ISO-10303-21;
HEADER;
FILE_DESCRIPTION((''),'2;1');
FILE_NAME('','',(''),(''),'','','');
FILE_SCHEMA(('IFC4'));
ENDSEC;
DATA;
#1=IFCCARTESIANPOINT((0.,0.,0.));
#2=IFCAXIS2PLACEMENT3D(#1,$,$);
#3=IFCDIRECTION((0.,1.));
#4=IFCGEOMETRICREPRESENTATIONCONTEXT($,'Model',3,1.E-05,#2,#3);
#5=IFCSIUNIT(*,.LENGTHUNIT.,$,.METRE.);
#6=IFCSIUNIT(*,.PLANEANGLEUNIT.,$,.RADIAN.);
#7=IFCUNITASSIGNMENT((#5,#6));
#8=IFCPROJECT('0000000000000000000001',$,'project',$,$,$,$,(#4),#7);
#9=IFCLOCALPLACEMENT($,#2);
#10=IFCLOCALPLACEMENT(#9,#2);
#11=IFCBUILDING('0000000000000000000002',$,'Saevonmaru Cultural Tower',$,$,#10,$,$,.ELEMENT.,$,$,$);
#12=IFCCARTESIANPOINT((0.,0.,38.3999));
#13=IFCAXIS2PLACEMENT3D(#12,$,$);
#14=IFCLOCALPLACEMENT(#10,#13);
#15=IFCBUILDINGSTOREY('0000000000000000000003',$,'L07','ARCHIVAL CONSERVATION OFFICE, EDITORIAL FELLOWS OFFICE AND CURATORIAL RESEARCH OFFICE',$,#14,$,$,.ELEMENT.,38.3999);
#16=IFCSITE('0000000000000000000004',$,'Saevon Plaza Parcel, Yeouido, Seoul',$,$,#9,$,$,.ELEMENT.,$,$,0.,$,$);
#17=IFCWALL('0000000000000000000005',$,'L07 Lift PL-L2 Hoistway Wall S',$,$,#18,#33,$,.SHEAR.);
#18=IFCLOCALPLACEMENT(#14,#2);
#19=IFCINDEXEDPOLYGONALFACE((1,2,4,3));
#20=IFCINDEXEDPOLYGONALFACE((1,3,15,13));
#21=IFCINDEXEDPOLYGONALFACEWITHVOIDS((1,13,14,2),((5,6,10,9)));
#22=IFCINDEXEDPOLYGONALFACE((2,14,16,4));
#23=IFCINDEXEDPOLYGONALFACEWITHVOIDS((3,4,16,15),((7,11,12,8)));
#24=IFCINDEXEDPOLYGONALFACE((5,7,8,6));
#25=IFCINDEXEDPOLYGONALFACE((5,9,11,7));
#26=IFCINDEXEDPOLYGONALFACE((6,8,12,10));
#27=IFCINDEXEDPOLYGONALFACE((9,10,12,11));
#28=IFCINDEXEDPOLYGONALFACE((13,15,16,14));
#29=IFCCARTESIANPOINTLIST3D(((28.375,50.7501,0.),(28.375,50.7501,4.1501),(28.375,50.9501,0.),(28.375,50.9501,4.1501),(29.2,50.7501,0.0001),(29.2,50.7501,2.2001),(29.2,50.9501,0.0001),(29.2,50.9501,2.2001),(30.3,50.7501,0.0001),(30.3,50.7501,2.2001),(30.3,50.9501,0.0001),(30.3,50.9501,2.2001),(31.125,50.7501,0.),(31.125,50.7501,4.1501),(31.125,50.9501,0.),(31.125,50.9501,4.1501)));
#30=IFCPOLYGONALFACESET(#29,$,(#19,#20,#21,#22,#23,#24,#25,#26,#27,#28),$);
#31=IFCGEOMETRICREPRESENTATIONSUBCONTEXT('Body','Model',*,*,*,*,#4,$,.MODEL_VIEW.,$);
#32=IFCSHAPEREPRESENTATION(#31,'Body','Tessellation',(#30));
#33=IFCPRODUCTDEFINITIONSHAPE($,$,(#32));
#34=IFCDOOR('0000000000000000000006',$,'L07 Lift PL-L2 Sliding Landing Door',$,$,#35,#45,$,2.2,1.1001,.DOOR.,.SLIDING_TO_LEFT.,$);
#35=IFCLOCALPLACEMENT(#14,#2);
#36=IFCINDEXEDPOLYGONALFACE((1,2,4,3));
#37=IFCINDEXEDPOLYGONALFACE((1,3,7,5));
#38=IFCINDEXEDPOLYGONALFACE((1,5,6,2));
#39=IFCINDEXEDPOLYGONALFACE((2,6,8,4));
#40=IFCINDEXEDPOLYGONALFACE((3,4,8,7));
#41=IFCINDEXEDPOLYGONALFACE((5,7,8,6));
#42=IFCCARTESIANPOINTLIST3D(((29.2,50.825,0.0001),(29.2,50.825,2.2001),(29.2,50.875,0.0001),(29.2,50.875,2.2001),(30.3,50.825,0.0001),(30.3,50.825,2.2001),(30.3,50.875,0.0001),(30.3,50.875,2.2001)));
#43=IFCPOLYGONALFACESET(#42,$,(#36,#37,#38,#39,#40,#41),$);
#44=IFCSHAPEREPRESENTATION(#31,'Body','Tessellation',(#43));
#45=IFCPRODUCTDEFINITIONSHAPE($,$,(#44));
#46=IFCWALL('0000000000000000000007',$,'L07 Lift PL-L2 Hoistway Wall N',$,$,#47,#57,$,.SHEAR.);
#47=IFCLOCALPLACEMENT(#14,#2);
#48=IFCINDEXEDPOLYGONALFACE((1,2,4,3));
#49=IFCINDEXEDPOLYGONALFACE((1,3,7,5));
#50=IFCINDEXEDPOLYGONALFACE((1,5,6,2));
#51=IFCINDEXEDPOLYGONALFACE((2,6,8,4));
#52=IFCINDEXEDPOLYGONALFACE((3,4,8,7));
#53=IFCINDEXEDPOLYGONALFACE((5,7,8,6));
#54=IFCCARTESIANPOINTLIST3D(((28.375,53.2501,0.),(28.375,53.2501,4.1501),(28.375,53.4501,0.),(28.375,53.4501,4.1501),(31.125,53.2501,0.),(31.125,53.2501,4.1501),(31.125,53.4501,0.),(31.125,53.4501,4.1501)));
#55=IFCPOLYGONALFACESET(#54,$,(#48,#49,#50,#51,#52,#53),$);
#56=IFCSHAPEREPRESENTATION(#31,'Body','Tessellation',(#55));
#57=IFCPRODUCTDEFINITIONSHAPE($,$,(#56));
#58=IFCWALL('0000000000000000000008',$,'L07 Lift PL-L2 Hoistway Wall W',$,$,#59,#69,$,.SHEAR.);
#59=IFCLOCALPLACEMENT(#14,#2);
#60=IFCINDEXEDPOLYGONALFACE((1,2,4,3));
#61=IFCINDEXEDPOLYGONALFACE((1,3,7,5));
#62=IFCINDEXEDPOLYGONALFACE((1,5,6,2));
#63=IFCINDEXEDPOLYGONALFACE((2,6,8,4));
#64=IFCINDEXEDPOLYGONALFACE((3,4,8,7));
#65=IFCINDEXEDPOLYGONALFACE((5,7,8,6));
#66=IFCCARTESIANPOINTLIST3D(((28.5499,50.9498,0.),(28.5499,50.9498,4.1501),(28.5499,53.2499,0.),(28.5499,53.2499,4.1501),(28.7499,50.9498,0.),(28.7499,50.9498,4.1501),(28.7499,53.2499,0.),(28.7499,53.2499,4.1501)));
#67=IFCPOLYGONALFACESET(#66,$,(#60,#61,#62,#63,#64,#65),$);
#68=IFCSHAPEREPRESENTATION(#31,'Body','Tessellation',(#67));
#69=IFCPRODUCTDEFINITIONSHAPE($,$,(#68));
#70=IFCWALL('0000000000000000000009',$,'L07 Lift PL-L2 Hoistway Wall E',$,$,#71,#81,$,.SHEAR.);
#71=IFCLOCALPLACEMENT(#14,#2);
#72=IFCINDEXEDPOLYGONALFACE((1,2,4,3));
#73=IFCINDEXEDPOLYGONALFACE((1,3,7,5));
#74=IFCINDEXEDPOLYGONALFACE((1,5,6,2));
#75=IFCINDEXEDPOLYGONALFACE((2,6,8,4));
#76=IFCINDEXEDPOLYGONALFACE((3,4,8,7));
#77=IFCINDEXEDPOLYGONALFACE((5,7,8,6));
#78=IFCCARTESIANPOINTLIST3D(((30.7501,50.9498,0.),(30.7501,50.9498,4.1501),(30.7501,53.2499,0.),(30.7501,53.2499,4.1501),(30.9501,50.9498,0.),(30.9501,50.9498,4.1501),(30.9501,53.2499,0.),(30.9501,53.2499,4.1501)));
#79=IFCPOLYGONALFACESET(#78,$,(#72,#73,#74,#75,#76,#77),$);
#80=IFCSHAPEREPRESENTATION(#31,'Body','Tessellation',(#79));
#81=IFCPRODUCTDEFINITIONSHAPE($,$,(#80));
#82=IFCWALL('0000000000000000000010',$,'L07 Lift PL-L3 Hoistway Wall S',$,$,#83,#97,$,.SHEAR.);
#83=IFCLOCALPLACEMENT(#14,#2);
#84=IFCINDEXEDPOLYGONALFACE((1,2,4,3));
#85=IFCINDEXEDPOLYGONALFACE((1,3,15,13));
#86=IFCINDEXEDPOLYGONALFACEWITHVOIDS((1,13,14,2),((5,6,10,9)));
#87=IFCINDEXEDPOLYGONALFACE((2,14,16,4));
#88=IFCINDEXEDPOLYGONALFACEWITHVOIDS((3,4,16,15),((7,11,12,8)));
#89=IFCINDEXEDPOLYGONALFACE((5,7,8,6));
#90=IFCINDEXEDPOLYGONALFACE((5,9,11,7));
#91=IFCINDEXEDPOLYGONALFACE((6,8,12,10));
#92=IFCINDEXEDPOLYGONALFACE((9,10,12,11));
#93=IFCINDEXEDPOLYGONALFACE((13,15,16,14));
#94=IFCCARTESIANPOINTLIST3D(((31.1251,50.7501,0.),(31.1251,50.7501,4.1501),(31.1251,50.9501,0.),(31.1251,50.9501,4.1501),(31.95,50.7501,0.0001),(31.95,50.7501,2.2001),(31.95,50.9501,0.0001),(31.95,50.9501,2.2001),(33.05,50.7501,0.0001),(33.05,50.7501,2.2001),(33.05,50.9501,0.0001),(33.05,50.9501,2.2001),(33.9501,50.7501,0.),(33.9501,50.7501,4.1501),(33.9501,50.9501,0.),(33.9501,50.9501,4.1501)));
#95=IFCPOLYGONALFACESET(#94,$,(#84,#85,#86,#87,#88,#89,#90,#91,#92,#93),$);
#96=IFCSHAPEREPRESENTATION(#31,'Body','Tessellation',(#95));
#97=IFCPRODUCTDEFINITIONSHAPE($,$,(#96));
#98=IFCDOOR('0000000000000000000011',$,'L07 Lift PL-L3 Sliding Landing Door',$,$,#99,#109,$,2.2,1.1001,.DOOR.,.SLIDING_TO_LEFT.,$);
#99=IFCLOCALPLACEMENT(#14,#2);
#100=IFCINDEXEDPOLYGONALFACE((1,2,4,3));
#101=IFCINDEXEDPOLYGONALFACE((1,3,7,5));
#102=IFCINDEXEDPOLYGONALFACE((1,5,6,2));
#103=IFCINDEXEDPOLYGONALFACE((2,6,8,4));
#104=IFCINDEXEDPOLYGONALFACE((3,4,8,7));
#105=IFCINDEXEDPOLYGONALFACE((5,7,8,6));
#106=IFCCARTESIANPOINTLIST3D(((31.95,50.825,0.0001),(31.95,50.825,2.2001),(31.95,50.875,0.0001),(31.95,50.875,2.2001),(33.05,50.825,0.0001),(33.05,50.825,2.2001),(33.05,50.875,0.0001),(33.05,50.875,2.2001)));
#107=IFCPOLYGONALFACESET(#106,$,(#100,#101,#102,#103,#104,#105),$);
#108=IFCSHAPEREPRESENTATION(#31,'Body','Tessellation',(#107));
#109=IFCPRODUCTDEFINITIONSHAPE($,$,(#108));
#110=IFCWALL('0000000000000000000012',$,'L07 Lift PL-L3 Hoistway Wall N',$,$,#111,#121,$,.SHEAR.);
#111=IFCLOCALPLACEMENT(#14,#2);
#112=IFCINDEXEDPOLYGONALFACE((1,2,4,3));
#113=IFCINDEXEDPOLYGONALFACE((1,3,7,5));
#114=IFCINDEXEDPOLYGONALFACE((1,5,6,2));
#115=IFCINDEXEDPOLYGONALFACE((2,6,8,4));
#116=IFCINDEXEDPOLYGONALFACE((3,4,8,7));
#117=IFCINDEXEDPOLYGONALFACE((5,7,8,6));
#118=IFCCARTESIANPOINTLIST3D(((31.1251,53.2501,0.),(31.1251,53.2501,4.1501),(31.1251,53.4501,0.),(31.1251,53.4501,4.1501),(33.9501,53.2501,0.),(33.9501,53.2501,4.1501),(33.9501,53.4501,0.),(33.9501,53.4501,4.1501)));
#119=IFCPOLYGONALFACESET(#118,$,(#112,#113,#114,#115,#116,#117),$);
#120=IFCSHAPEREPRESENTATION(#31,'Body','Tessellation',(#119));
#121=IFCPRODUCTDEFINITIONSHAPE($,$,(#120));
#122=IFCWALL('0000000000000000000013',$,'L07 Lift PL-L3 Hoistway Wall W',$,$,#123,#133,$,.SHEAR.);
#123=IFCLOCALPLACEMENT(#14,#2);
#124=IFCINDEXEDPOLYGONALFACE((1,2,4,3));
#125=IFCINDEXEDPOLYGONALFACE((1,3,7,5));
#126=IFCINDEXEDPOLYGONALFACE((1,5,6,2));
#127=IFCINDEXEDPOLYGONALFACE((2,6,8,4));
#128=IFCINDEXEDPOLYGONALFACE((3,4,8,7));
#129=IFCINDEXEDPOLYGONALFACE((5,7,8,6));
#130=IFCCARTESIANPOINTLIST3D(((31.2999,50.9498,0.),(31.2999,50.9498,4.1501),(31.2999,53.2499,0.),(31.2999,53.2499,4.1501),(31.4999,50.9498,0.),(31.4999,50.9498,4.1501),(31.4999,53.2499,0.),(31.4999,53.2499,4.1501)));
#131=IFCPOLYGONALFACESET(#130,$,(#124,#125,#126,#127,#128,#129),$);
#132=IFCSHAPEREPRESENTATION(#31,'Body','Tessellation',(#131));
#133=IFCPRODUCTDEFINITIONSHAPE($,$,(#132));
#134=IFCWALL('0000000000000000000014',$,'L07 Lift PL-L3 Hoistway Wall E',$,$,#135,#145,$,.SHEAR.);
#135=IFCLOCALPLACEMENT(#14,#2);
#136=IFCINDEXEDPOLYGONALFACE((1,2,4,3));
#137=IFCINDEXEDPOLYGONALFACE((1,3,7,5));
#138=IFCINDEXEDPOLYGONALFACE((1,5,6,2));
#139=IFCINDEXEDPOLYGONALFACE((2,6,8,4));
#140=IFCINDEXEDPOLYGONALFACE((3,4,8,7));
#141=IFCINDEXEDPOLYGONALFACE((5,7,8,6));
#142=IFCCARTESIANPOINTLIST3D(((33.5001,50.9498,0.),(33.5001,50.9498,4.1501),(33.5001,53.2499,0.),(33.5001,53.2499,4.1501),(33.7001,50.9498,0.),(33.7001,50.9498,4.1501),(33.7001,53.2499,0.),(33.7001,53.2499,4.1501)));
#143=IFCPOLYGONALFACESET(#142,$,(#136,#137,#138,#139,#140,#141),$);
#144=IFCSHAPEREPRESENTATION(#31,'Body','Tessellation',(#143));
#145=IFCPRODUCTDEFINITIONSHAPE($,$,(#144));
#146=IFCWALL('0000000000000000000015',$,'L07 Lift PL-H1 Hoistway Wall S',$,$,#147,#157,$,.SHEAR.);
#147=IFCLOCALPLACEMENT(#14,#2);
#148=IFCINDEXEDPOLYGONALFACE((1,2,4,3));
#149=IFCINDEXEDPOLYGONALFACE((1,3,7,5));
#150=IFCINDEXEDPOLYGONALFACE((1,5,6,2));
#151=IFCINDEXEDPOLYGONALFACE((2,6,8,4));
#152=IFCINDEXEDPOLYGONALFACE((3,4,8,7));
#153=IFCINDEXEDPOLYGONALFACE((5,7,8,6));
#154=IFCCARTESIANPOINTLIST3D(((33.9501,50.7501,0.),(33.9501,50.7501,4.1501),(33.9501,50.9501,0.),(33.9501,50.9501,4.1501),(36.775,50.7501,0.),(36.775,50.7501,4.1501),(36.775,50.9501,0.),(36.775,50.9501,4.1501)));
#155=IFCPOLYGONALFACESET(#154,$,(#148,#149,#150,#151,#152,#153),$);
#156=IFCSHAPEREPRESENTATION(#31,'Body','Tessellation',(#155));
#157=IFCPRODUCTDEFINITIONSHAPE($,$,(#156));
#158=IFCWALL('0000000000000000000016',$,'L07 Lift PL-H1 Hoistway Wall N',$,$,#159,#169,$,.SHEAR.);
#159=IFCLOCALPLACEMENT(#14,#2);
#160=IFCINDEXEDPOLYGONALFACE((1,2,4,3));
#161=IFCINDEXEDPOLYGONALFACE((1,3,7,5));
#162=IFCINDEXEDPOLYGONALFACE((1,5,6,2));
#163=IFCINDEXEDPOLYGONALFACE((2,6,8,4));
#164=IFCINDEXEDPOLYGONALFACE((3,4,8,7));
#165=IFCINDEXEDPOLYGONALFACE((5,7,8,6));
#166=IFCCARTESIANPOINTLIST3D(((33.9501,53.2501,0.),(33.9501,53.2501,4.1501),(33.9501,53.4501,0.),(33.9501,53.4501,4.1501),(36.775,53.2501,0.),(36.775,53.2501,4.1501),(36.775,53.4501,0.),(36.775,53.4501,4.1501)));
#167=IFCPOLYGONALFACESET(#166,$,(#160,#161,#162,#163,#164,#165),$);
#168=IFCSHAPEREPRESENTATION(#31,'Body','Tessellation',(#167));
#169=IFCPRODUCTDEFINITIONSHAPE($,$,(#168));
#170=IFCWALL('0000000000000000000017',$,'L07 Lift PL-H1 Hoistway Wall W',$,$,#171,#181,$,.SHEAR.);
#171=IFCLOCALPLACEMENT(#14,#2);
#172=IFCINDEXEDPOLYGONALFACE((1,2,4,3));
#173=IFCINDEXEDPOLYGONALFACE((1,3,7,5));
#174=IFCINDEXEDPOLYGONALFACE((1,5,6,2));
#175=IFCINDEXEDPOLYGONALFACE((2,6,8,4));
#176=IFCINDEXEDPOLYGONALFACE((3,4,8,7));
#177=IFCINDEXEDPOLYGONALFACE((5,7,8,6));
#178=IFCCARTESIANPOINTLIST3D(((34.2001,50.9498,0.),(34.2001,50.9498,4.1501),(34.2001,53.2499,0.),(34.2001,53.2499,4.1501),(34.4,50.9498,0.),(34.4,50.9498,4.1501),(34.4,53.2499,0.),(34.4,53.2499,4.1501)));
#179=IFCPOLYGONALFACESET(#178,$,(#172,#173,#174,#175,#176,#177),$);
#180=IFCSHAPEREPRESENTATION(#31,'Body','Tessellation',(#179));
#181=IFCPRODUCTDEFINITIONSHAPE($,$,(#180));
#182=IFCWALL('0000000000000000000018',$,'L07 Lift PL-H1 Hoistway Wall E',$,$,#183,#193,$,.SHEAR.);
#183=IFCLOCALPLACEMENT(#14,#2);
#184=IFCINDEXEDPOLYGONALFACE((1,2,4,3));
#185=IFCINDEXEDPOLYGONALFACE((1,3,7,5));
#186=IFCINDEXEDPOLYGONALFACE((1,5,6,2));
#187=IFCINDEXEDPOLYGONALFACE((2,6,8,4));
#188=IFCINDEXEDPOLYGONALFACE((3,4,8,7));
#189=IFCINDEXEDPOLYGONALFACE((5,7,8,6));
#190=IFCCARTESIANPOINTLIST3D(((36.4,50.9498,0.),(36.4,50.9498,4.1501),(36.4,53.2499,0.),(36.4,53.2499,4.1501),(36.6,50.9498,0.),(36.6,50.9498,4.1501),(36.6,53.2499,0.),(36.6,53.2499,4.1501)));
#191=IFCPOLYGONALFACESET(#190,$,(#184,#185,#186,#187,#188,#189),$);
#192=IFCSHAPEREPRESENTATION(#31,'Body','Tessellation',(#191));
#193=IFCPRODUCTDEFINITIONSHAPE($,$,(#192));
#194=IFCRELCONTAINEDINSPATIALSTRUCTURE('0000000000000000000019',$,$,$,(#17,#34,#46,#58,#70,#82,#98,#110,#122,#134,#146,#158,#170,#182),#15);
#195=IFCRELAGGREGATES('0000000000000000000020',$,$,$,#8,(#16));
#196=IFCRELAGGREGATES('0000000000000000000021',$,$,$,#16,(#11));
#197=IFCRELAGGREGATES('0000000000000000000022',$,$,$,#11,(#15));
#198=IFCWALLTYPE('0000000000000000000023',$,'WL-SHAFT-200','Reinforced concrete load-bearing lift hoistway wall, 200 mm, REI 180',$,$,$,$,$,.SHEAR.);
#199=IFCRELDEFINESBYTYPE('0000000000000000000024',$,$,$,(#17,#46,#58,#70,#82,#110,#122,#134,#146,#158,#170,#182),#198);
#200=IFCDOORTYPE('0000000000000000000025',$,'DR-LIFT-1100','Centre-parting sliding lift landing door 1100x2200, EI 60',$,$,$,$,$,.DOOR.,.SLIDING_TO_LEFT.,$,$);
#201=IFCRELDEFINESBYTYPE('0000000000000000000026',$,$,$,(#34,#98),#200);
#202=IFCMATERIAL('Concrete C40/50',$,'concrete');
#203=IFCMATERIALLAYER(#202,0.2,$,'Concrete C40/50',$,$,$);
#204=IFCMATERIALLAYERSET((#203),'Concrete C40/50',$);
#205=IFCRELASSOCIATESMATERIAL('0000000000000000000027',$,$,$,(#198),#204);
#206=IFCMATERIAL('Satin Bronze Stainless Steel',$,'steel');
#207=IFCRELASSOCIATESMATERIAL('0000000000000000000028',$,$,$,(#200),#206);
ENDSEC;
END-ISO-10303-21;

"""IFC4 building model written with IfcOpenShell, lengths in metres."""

from ifc_helpers import new_model, si_unit, direction, frame, frame_2d, origin, place, context, subcontext, project, spatial, rectangle, extrude, material, layer, layer_set, type_object, element, fill, save


model = new_model("IFC4")

# Units and contexts
model_context = context("Model", 3, precision=1e-05, world=origin(), true_north=direction((0.0, 1.0)))
body_context = subcontext(model_context, "Body", "Model", "MODEL_VIEW")
ifc_project = project(units=[si_unit("LENGTHUNIT", "METRE"), si_unit("PLANEANGLEUNIT", "RADIAN")], contexts=[model_context])

# Site, building, storey
site_placement = place(None, origin())
site = spatial("IfcSite", under=ifc_project, at=site_placement, Name="Saevon Plaza Parcel, Yeouido, Seoul", CompositionType="ELEMENT", RefElevation=0.0)
building_placement = place(site_placement, origin())
building = spatial("IfcBuilding", under=site, at=building_placement, Name="Saevonmaru Cultural Tower", CompositionType="ELEMENT")
storey_placement = place(building_placement, frame((0.0, 0.0, 38.3999)))
storey = spatial("IfcBuildingStorey", under=building, at=storey_placement, Name="L07", Description="ARCHIVAL CONSERVATION OFFICE, EDITORIAL FELLOWS OFFICE AND CURATORIAL RESEARCH OFFICE", CompositionType="ELEMENT", Elevation=38.3999)

# Shared definitions
ifc_material_1 = material(Name="Concrete C40/50", Category="concrete")
ifc_layer_1 = layer(ifc_material_1, 0.2, Name="Concrete C40/50")
ifc_layer_set_1 = layer_set([ifc_layer_1], Name="Concrete C40/50")
wall_type_1 = type_object("IfcWallType", Name="WL-SHAFT-200", Description="Reinforced concrete load-bearing lift hoistway wall, 200 mm, REI 180", PredefinedType="SHEAR", material=ifc_layer_set_1)

# Wall, opening, door
wall_1_placement = place(storey_placement, frame((28.375, 50.8501, 0.0), z_axis=(0.0, 0.0, 1.0), x_axis=(1.0, 0.0, 0.0)))
wall_1 = element("IfcWall", 1, at=wall_1_placement, inside=storey, type_object=wall_type_1, Name="L07 Lift PL-L2 Hoistway Wall S", PredefinedType="SHEAR", context=body_context, shape_type="SweptSolid", body=[
    extrude(rectangle(XDim=2.75, YDim=0.2, at=frame_2d((1.375, 0.0))), origin(), (0.0, 0.0, 1.0), 4.1501),
])
opening_1_placement = place(wall_1_placement, frame((0.825, 0.0, 0.0)))
opening_1 = element("IfcOpeningElement", 2, at=opening_1_placement, cuts=wall_1, PredefinedType="OPENING", context=body_context, shape_type="SweptSolid", body=[
    extrude(rectangle(XDim=1.1001, YDim=2.2, at=frame_2d((0.55, 1.1001))), frame((0.0, 0.1099, 0.0), z_axis=(0.0, -1.0, 0.0), x_axis=(1.0, 0.0, 0.0)), (0.0, 0.0, 1.0), 0.22),
])
ifc_material_2 = material(Name="Satin Bronze Stainless Steel", Category="steel")
door_type_1 = type_object("IfcDoorType", Name="DR-LIFT-1100", Description="Centre-parting sliding lift landing door 1100x2200, EI 60", OperationType="SLIDING_TO_LEFT", PredefinedType="DOOR", material=ifc_material_2)
door_1_placement = place(opening_1_placement, origin())
door_1 = element("IfcDoor", 3, at=door_1_placement, inside=storey, type_object=door_type_1, Name="L07 Lift PL-L2 Sliding Landing Door", OperationType="SLIDING_TO_LEFT", OverallHeight=2.2, OverallWidth=1.1001, PredefinedType="DOOR", context=body_context, shape_type="SweptSolid", body=[
    extrude(rectangle(XDim=1.1001, YDim=2.2, at=frame_2d((0.55, 1.1001))), frame((0.0, 0.0249, 0.0), z_axis=(0.0, -1.0, 0.0), x_axis=(1.0, 0.0, 0.0)), (0.0, 0.0, 1.0), 0.05),
])
fill(opening_1, door_1)

# Walls
wall_2_placement = place(storey_placement, frame((28.375, 53.3501, 0.0), z_axis=(0.0, 0.0, 1.0), x_axis=(1.0, 0.0, 0.0)))
element("IfcWall", 4, at=wall_2_placement, inside=storey, type_object=wall_type_1, Name="L07 Lift PL-L2 Hoistway Wall N", PredefinedType="SHEAR", context=body_context, shape_type="SweptSolid", body=[
    extrude(rectangle(XDim=2.75, YDim=0.2, at=frame_2d((1.375, 0.0))), origin(), (0.0, 0.0, 1.0), 4.1501),
])
for number, where, z_axis, x_axis, name in (
    (5, (28.6499, 50.95, 0.0), (0.0, 0.0, 1.0), (0.0, 1.0, 0.0), "L07 Lift PL-L2 Hoistway Wall W"),
    (6, (30.8501, 50.95, 0.0), (0.0, 0.0, 1.0), (0.0, 1.0, 0.0), "L07 Lift PL-L2 Hoistway Wall E"),
):
    element("IfcWall", number, at=place(storey_placement, frame(where, z_axis=z_axis, x_axis=x_axis)), inside=storey, type_object=wall_type_1, Name=name, PredefinedType="SHEAR", context=body_context, shape_type="SweptSolid", body=[
        extrude(rectangle(XDim=2.3, YDim=0.2, at=frame_2d((1.1499, 0.0))), origin(), (0.0, 0.0, 1.0), 4.1501),
    ])

# Wall, opening, door
wall_3_placement = place(storey_placement, frame((31.125, 50.8501, 0.0), z_axis=(0.0, 0.0, 1.0), x_axis=(1.0, 0.0, 0.0)))
wall_3 = element("IfcWall", 7, at=wall_3_placement, inside=storey, type_object=wall_type_1, Name="L07 Lift PL-L3 Hoistway Wall S", PredefinedType="SHEAR", context=body_context, shape_type="SweptSolid", body=[
    extrude(rectangle(XDim=2.825, YDim=0.2, at=frame_2d((1.4126, 0.0))), origin(), (0.0, 0.0, 1.0), 4.1501),
])
opening_2_placement = place(wall_3_placement, frame((0.825, 0.0, 0.0)))
opening_2 = element("IfcOpeningElement", 8, at=opening_2_placement, cuts=wall_3, PredefinedType="OPENING", context=body_context, shape_type="SweptSolid", body=[
    extrude(rectangle(XDim=1.1001, YDim=2.2, at=frame_2d((0.55, 1.1001))), frame((0.0, 0.1099, 0.0), z_axis=(0.0, -1.0, 0.0), x_axis=(1.0, 0.0, 0.0)), (0.0, 0.0, 1.0), 0.22),
])
door_2_placement = place(opening_2_placement, origin())
door_2 = element("IfcDoor", 9, at=door_2_placement, inside=storey, type_object=door_type_1, Name="L07 Lift PL-L3 Sliding Landing Door", OperationType="SLIDING_TO_LEFT", OverallHeight=2.2, OverallWidth=1.1001, PredefinedType="DOOR", context=body_context, shape_type="SweptSolid", body=[
    extrude(rectangle(XDim=1.1001, YDim=2.2, at=frame_2d((0.55, 1.1001))), frame((0.0, 0.0249, 0.0), z_axis=(0.0, -1.0, 0.0), x_axis=(1.0, 0.0, 0.0)), (0.0, 0.0, 1.0), 0.05),
])
fill(opening_2, door_2)

# Walls
wall_4_placement = place(storey_placement, frame((31.125, 53.3501, 0.0), z_axis=(0.0, 0.0, 1.0), x_axis=(1.0, 0.0, 0.0)))
element("IfcWall", 10, at=wall_4_placement, inside=storey, type_object=wall_type_1, Name="L07 Lift PL-L3 Hoistway Wall N", PredefinedType="SHEAR", context=body_context, shape_type="SweptSolid", body=[
    extrude(rectangle(XDim=2.825, YDim=0.2, at=frame_2d((1.4126, 0.0))), origin(), (0.0, 0.0, 1.0), 4.1501),
])
for number, where, z_axis, x_axis, name in (
    (11, (31.3999, 50.95, 0.0), (0.0, 0.0, 1.0), (0.0, 1.0, 0.0), "L07 Lift PL-L3 Hoistway Wall W"),
    (12, (33.6001, 50.95, 0.0), (0.0, 0.0, 1.0), (0.0, 1.0, 0.0), "L07 Lift PL-L3 Hoistway Wall E"),
):
    element("IfcWall", number, at=place(storey_placement, frame(where, z_axis=z_axis, x_axis=x_axis)), inside=storey, type_object=wall_type_1, Name=name, PredefinedType="SHEAR", context=body_context, shape_type="SweptSolid", body=[
        extrude(rectangle(XDim=2.3, YDim=0.2, at=frame_2d((1.1499, 0.0))), origin(), (0.0, 0.0, 1.0), 4.1501),
    ])
for number, where, z_axis, x_axis, name in (
    (13, (33.95, 50.8501, 0.0), (0.0, 0.0, 1.0), (1.0, 0.0, 0.0), "L07 Lift PL-H1 Hoistway Wall S"),
    (14, (33.95, 53.3501, 0.0), (0.0, 0.0, 1.0), (1.0, 0.0, 0.0), "L07 Lift PL-H1 Hoistway Wall N"),
):
    element("IfcWall", number, at=place(storey_placement, frame(where, z_axis=z_axis, x_axis=x_axis)), inside=storey, type_object=wall_type_1, Name=name, PredefinedType="SHEAR", context=body_context, shape_type="SweptSolid", body=[
        extrude(rectangle(XDim=2.825, YDim=0.2, at=frame_2d((1.4126, 0.0))), origin(), (0.0, 0.0, 1.0), 4.1501),
    ])
for number, where, z_axis, x_axis, name in (
    (15, (34.3, 50.95, 0.0), (0.0, 0.0, 1.0), (0.0, 1.0, 0.0), "L07 Lift PL-H1 Hoistway Wall W"),
    (16, (36.5, 50.95, 0.0), (0.0, 0.0, 1.0), (0.0, 1.0, 0.0), "L07 Lift PL-H1 Hoistway Wall E"),
):
    element("IfcWall", number, at=place(storey_placement, frame(where, z_axis=z_axis, x_axis=x_axis)), inside=storey, type_object=wall_type_1, Name=name, PredefinedType="SHEAR", context=body_context, shape_type="SweptSolid", body=[
        extrude(rectangle(XDim=2.3, YDim=0.2, at=frame_2d((1.1499, 0.0))), origin(), (0.0, 0.0, 1.0), 4.1501),
    ])

save(model, "model.ifc")
